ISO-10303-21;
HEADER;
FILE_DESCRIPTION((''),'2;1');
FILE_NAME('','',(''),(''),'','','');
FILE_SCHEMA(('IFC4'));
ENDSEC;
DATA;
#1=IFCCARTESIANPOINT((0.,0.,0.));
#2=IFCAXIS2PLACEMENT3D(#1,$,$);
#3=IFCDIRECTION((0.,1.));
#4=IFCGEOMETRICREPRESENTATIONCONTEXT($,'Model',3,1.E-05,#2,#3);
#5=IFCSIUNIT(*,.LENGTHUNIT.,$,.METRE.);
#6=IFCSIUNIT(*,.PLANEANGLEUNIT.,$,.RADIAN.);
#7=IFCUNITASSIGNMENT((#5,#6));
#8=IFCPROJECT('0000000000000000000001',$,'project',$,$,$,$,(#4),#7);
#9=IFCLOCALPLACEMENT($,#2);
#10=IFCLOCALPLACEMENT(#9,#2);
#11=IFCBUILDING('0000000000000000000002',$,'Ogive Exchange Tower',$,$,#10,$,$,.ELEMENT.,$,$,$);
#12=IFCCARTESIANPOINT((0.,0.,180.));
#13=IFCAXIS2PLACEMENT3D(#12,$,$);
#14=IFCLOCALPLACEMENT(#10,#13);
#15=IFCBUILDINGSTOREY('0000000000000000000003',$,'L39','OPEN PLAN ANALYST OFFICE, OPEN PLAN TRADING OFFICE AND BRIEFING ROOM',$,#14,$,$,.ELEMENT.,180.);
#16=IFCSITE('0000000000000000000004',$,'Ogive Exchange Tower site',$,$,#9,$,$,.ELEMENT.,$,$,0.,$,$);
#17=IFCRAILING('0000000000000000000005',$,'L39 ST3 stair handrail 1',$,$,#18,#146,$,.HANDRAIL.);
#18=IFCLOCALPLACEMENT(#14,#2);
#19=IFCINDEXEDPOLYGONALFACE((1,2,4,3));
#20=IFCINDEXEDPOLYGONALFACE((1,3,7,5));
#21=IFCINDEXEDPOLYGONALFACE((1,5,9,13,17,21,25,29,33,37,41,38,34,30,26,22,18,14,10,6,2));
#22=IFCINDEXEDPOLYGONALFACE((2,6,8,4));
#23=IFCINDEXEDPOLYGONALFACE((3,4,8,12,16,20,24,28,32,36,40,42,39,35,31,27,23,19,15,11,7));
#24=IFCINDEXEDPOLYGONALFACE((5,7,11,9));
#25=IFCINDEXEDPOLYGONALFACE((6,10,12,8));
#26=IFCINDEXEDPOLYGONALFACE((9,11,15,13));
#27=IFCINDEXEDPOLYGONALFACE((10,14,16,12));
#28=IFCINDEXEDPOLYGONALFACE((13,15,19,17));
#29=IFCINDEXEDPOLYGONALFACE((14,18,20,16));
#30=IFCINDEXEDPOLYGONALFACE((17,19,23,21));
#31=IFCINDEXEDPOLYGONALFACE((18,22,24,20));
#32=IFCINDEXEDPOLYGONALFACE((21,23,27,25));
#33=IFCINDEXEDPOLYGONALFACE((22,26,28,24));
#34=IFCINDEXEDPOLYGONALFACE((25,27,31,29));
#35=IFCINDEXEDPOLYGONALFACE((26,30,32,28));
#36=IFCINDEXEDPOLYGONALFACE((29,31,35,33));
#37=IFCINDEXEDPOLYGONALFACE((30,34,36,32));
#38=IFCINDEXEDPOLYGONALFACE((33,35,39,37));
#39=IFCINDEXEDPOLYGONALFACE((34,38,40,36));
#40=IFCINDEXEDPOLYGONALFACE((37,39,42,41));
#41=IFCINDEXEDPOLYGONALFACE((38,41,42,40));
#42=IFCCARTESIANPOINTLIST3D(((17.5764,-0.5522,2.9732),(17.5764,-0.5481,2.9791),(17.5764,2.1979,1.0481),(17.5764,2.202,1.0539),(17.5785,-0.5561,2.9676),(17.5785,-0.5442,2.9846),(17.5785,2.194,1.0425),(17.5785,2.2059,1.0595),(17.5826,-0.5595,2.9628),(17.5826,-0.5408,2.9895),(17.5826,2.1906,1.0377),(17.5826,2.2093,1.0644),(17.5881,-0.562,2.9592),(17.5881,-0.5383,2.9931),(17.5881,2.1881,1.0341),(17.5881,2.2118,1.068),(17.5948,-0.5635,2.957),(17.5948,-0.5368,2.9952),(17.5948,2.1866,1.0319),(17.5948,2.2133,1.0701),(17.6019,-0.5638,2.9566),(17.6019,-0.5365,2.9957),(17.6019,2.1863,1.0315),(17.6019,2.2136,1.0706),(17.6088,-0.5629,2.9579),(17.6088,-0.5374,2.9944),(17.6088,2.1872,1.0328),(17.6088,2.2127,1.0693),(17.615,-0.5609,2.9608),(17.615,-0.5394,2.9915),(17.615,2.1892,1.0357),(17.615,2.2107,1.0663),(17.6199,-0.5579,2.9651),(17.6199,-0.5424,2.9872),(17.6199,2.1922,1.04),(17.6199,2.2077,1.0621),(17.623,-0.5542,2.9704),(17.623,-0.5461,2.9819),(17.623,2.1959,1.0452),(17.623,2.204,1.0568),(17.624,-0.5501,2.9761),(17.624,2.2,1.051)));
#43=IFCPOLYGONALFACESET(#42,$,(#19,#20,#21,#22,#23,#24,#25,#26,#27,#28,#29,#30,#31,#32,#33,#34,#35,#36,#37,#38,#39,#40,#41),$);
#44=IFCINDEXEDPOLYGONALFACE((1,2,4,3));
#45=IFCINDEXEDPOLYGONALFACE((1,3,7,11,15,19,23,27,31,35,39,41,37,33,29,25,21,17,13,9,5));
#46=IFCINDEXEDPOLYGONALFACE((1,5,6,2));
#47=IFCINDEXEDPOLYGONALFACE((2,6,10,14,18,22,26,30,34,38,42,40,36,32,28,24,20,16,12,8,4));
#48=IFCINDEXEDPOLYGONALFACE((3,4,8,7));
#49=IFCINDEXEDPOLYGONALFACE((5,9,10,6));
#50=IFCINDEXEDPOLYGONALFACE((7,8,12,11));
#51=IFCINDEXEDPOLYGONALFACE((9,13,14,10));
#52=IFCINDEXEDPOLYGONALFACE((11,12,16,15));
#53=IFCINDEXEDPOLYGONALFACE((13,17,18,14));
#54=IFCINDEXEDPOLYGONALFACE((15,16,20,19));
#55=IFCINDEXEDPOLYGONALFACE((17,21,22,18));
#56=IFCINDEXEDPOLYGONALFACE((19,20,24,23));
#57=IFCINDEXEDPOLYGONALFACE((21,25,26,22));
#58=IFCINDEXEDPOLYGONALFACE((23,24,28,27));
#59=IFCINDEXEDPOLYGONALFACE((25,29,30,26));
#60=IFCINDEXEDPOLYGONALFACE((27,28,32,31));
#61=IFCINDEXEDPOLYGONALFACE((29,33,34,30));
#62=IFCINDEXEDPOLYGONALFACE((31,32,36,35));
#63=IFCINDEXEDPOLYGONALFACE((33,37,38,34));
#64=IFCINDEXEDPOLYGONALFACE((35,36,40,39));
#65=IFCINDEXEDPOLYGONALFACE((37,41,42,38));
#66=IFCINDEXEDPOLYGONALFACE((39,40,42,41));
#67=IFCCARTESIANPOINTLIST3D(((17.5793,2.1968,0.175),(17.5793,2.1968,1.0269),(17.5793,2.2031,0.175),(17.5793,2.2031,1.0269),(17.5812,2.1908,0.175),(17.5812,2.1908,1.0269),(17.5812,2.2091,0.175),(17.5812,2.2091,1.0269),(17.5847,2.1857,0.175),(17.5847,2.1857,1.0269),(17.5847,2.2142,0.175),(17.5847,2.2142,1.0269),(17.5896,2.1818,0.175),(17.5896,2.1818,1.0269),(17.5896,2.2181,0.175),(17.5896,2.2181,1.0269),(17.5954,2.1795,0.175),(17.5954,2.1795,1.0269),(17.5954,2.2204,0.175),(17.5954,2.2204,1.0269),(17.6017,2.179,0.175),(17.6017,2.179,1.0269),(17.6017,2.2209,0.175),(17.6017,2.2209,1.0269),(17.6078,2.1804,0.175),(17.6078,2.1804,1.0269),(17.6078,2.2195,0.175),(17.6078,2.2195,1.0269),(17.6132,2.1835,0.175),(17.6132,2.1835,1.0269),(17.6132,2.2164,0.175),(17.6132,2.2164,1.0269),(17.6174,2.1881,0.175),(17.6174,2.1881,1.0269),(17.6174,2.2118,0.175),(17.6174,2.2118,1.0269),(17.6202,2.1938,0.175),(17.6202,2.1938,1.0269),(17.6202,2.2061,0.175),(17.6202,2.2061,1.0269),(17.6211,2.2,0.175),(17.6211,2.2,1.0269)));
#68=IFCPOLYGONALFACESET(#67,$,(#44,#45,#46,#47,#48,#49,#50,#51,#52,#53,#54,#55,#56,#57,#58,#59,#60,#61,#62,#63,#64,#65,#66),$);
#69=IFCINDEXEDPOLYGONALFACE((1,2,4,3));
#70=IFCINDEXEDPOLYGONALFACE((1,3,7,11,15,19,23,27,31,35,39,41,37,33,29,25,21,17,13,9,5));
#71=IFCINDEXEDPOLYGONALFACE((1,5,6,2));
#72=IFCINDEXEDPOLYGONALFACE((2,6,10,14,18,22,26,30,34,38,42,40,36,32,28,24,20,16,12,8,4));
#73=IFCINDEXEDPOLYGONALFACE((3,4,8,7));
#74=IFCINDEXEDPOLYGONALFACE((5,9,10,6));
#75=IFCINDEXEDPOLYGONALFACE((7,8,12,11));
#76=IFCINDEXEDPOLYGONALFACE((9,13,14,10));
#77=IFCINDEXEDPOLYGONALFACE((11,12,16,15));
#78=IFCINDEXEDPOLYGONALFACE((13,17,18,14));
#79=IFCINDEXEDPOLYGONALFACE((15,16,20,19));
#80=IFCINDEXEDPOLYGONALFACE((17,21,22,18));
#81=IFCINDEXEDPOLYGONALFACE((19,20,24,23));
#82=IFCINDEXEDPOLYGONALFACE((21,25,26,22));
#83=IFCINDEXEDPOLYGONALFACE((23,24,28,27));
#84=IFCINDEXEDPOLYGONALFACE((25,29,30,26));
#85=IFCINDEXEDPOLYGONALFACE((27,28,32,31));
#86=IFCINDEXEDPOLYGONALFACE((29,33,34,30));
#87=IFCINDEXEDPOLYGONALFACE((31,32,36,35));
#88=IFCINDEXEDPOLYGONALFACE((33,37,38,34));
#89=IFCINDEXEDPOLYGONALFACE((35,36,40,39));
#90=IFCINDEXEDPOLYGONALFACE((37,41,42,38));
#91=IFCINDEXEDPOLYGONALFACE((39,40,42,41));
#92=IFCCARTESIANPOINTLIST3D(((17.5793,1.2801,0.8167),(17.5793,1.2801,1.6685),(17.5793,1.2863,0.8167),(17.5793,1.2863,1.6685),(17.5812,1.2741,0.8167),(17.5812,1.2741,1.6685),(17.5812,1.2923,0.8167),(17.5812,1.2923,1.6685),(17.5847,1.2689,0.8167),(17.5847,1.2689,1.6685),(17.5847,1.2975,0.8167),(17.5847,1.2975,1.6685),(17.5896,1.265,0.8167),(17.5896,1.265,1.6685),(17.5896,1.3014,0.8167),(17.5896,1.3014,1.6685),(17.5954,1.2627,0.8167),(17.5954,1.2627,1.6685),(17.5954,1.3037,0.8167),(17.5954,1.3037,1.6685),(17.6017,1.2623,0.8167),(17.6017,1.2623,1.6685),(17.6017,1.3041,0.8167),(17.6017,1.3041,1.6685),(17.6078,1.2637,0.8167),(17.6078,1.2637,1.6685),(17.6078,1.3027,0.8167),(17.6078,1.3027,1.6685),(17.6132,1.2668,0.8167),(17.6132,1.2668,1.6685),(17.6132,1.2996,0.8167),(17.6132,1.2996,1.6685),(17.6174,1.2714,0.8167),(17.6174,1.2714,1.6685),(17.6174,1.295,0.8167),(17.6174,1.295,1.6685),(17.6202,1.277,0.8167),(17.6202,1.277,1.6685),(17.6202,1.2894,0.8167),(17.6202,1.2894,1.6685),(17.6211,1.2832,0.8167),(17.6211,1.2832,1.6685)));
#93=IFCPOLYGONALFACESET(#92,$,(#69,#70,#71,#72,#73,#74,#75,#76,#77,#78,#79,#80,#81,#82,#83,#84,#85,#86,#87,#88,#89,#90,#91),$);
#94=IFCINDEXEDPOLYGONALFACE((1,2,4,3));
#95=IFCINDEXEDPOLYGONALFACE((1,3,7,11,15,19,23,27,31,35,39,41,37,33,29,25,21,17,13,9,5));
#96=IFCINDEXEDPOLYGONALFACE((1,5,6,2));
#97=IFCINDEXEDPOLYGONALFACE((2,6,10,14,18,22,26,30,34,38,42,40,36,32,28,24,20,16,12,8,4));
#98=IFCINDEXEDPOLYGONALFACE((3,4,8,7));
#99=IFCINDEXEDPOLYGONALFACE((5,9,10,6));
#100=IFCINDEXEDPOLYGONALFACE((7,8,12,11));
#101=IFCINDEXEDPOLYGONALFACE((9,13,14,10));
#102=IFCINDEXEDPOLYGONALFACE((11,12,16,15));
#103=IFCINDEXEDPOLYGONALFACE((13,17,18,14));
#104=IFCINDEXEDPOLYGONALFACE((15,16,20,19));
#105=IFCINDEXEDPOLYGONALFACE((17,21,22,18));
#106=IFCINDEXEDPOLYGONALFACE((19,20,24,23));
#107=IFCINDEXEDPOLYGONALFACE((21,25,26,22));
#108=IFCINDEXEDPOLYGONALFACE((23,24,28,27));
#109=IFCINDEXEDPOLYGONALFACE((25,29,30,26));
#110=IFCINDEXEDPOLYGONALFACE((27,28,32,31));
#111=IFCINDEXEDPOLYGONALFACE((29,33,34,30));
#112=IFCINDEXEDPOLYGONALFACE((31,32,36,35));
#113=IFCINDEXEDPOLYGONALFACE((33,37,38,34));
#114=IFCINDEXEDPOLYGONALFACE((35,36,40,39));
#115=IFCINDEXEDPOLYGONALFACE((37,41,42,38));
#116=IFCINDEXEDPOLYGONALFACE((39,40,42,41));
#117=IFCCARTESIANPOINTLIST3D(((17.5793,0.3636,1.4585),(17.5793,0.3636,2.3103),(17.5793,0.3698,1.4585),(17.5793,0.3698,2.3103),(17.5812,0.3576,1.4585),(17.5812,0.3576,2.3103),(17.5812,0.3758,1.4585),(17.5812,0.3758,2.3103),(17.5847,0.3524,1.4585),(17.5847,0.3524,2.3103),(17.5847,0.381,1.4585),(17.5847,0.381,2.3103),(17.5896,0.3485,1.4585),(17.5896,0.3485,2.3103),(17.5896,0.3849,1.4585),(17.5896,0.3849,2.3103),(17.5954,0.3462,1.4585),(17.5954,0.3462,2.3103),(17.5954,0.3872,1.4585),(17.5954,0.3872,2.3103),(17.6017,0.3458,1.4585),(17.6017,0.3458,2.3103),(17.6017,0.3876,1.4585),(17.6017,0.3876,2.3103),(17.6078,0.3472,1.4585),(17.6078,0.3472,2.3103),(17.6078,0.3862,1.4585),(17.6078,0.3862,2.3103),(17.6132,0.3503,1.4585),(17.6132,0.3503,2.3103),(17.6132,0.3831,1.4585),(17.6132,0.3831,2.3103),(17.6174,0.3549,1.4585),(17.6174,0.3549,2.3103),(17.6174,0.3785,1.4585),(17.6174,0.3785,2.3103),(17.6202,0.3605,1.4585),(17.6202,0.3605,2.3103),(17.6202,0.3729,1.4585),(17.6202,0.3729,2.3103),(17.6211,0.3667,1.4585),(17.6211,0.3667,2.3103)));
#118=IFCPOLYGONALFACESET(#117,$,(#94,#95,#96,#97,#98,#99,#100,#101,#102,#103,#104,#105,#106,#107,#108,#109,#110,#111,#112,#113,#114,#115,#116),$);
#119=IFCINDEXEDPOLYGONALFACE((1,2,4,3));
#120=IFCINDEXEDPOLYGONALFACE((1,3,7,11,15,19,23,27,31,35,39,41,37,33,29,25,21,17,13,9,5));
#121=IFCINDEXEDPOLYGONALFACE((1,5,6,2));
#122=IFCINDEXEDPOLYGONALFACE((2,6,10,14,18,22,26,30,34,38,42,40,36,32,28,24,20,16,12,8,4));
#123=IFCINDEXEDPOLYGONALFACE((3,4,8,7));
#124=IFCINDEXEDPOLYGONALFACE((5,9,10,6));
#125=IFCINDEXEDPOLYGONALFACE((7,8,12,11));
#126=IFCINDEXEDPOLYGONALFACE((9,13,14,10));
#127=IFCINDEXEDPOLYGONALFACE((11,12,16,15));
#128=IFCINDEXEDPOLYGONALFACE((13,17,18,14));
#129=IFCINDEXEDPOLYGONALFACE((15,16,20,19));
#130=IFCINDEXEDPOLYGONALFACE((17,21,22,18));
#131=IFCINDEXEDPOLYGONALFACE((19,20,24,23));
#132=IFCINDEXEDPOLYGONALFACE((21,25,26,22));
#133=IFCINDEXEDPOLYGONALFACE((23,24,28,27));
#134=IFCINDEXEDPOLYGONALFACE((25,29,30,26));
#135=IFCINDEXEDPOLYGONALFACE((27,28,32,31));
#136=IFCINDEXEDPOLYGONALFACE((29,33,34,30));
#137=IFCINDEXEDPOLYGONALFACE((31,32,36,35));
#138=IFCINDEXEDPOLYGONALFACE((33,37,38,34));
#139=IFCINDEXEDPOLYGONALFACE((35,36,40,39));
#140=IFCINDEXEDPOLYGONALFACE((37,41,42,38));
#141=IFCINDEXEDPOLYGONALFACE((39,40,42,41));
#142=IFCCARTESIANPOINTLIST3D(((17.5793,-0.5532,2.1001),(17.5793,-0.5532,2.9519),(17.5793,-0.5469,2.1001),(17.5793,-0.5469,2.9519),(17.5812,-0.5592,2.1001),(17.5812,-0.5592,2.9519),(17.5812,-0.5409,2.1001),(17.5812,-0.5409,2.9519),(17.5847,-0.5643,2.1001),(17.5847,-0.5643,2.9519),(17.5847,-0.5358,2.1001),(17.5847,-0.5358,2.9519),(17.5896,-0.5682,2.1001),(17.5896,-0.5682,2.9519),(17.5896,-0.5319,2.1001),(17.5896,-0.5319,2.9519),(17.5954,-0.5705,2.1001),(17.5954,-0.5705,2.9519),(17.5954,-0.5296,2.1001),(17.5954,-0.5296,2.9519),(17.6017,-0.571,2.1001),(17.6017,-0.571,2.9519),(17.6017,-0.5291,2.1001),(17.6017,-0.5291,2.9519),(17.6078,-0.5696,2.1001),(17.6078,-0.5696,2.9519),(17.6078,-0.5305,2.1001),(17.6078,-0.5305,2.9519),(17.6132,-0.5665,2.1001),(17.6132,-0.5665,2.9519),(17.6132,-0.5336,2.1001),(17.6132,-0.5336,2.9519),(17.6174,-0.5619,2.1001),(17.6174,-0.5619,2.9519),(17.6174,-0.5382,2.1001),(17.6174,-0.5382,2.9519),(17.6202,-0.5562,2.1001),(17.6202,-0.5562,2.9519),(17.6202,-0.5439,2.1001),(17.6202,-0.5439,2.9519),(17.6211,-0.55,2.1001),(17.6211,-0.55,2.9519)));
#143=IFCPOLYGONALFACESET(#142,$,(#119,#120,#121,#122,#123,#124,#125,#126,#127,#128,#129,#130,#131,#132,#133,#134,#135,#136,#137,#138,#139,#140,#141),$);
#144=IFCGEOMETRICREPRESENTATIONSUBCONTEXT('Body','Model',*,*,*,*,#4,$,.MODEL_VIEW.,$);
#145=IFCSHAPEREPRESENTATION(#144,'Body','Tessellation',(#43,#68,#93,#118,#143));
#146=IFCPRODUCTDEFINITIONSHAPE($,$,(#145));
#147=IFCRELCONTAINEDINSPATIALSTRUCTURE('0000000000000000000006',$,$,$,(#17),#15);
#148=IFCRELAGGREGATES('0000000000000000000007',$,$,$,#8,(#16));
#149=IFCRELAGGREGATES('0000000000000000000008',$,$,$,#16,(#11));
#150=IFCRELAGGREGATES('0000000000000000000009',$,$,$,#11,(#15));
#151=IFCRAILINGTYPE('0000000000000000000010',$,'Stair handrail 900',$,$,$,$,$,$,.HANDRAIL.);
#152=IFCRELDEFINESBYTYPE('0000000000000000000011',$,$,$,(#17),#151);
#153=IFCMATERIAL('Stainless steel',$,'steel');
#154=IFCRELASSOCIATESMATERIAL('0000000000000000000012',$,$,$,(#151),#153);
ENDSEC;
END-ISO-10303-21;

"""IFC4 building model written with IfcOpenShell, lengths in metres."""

from ifc_helpers import new_model, si_unit, direction, frame, origin, origin_2d, place, context, subcontext, project, spatial, circle, extrude, material, type_object, element, save


model = new_model("IFC4")

# Units and contexts
model_context = context("Model", 3, precision=1e-05, world=origin(), true_north=direction((0.0, 1.0)))
body_context = subcontext(model_context, "Body", "Model", "MODEL_VIEW")
ifc_project = project(units=[si_unit("LENGTHUNIT", "METRE"), si_unit("PLANEANGLEUNIT", "RADIAN")], contexts=[model_context])

# Site, building, storey
site_placement = place(None, origin())
site = spatial("IfcSite", under=ifc_project, at=site_placement, Name="Ogive Exchange Tower site", CompositionType="ELEMENT", RefElevation=0.0)
building_placement = place(site_placement, origin())
building = spatial("IfcBuilding", under=site, at=building_placement, Name="Ogive Exchange Tower", CompositionType="ELEMENT")
storey_placement = place(building_placement, frame((0.0, 0.0, 180.0)))
storey = spatial("IfcBuildingStorey", under=building, at=storey_placement, Name="L39", Description="OPEN PLAN ANALYST OFFICE, OPEN PLAN TRADING OFFICE AND BRIEFING ROOM", CompositionType="ELEMENT", Elevation=180.0)

# Shared definitions
ifc_material_1 = material(Name="Stainless steel", Category="steel")

# Railing
railing_type = type_object("IfcRailingType", Name="Stair handrail 900", PredefinedType="HANDRAIL", material=ifc_material_1)
railing_placement = place(storey_placement, frame((17.6001, 2.2, 0.175)))
element("IfcRailing", 1, at=railing_placement, inside=storey, type_object=railing_type, Name="L39 ST3 stair handrail 1", PredefinedType="HANDRAIL", context=body_context, shape_type="SweptSolid", body=[
    extrude(circle(Radius=0.0239, at=origin_2d()), frame((0.0, 0.0, 0.876), z_axis=(0.0, -0.819225, 0.573472), x_axis=(1.0, 0.0, 0.0)), (0.0, 0.0, 1.0), 3.3569),
    extrude(circle(Radius=0.021, at=origin_2d()), origin(), (0.0, 0.0, 1.0), 0.8518),
    extrude(circle(Radius=0.021, at=origin_2d()), frame((0.0, -0.9167, 0.6416)), (0.0, 0.0, 1.0), 0.8518),
    extrude(circle(Radius=0.021, at=origin_2d()), frame((0.0, -1.8333, 1.2834)), (0.0, 0.0, 1.0), 0.8518),
    extrude(circle(Radius=0.021, at=origin_2d()), frame((0.0, -2.75, 1.925)), (0.0, 0.0, 1.0), 0.8518),
])

save(model, "model.ifc")
